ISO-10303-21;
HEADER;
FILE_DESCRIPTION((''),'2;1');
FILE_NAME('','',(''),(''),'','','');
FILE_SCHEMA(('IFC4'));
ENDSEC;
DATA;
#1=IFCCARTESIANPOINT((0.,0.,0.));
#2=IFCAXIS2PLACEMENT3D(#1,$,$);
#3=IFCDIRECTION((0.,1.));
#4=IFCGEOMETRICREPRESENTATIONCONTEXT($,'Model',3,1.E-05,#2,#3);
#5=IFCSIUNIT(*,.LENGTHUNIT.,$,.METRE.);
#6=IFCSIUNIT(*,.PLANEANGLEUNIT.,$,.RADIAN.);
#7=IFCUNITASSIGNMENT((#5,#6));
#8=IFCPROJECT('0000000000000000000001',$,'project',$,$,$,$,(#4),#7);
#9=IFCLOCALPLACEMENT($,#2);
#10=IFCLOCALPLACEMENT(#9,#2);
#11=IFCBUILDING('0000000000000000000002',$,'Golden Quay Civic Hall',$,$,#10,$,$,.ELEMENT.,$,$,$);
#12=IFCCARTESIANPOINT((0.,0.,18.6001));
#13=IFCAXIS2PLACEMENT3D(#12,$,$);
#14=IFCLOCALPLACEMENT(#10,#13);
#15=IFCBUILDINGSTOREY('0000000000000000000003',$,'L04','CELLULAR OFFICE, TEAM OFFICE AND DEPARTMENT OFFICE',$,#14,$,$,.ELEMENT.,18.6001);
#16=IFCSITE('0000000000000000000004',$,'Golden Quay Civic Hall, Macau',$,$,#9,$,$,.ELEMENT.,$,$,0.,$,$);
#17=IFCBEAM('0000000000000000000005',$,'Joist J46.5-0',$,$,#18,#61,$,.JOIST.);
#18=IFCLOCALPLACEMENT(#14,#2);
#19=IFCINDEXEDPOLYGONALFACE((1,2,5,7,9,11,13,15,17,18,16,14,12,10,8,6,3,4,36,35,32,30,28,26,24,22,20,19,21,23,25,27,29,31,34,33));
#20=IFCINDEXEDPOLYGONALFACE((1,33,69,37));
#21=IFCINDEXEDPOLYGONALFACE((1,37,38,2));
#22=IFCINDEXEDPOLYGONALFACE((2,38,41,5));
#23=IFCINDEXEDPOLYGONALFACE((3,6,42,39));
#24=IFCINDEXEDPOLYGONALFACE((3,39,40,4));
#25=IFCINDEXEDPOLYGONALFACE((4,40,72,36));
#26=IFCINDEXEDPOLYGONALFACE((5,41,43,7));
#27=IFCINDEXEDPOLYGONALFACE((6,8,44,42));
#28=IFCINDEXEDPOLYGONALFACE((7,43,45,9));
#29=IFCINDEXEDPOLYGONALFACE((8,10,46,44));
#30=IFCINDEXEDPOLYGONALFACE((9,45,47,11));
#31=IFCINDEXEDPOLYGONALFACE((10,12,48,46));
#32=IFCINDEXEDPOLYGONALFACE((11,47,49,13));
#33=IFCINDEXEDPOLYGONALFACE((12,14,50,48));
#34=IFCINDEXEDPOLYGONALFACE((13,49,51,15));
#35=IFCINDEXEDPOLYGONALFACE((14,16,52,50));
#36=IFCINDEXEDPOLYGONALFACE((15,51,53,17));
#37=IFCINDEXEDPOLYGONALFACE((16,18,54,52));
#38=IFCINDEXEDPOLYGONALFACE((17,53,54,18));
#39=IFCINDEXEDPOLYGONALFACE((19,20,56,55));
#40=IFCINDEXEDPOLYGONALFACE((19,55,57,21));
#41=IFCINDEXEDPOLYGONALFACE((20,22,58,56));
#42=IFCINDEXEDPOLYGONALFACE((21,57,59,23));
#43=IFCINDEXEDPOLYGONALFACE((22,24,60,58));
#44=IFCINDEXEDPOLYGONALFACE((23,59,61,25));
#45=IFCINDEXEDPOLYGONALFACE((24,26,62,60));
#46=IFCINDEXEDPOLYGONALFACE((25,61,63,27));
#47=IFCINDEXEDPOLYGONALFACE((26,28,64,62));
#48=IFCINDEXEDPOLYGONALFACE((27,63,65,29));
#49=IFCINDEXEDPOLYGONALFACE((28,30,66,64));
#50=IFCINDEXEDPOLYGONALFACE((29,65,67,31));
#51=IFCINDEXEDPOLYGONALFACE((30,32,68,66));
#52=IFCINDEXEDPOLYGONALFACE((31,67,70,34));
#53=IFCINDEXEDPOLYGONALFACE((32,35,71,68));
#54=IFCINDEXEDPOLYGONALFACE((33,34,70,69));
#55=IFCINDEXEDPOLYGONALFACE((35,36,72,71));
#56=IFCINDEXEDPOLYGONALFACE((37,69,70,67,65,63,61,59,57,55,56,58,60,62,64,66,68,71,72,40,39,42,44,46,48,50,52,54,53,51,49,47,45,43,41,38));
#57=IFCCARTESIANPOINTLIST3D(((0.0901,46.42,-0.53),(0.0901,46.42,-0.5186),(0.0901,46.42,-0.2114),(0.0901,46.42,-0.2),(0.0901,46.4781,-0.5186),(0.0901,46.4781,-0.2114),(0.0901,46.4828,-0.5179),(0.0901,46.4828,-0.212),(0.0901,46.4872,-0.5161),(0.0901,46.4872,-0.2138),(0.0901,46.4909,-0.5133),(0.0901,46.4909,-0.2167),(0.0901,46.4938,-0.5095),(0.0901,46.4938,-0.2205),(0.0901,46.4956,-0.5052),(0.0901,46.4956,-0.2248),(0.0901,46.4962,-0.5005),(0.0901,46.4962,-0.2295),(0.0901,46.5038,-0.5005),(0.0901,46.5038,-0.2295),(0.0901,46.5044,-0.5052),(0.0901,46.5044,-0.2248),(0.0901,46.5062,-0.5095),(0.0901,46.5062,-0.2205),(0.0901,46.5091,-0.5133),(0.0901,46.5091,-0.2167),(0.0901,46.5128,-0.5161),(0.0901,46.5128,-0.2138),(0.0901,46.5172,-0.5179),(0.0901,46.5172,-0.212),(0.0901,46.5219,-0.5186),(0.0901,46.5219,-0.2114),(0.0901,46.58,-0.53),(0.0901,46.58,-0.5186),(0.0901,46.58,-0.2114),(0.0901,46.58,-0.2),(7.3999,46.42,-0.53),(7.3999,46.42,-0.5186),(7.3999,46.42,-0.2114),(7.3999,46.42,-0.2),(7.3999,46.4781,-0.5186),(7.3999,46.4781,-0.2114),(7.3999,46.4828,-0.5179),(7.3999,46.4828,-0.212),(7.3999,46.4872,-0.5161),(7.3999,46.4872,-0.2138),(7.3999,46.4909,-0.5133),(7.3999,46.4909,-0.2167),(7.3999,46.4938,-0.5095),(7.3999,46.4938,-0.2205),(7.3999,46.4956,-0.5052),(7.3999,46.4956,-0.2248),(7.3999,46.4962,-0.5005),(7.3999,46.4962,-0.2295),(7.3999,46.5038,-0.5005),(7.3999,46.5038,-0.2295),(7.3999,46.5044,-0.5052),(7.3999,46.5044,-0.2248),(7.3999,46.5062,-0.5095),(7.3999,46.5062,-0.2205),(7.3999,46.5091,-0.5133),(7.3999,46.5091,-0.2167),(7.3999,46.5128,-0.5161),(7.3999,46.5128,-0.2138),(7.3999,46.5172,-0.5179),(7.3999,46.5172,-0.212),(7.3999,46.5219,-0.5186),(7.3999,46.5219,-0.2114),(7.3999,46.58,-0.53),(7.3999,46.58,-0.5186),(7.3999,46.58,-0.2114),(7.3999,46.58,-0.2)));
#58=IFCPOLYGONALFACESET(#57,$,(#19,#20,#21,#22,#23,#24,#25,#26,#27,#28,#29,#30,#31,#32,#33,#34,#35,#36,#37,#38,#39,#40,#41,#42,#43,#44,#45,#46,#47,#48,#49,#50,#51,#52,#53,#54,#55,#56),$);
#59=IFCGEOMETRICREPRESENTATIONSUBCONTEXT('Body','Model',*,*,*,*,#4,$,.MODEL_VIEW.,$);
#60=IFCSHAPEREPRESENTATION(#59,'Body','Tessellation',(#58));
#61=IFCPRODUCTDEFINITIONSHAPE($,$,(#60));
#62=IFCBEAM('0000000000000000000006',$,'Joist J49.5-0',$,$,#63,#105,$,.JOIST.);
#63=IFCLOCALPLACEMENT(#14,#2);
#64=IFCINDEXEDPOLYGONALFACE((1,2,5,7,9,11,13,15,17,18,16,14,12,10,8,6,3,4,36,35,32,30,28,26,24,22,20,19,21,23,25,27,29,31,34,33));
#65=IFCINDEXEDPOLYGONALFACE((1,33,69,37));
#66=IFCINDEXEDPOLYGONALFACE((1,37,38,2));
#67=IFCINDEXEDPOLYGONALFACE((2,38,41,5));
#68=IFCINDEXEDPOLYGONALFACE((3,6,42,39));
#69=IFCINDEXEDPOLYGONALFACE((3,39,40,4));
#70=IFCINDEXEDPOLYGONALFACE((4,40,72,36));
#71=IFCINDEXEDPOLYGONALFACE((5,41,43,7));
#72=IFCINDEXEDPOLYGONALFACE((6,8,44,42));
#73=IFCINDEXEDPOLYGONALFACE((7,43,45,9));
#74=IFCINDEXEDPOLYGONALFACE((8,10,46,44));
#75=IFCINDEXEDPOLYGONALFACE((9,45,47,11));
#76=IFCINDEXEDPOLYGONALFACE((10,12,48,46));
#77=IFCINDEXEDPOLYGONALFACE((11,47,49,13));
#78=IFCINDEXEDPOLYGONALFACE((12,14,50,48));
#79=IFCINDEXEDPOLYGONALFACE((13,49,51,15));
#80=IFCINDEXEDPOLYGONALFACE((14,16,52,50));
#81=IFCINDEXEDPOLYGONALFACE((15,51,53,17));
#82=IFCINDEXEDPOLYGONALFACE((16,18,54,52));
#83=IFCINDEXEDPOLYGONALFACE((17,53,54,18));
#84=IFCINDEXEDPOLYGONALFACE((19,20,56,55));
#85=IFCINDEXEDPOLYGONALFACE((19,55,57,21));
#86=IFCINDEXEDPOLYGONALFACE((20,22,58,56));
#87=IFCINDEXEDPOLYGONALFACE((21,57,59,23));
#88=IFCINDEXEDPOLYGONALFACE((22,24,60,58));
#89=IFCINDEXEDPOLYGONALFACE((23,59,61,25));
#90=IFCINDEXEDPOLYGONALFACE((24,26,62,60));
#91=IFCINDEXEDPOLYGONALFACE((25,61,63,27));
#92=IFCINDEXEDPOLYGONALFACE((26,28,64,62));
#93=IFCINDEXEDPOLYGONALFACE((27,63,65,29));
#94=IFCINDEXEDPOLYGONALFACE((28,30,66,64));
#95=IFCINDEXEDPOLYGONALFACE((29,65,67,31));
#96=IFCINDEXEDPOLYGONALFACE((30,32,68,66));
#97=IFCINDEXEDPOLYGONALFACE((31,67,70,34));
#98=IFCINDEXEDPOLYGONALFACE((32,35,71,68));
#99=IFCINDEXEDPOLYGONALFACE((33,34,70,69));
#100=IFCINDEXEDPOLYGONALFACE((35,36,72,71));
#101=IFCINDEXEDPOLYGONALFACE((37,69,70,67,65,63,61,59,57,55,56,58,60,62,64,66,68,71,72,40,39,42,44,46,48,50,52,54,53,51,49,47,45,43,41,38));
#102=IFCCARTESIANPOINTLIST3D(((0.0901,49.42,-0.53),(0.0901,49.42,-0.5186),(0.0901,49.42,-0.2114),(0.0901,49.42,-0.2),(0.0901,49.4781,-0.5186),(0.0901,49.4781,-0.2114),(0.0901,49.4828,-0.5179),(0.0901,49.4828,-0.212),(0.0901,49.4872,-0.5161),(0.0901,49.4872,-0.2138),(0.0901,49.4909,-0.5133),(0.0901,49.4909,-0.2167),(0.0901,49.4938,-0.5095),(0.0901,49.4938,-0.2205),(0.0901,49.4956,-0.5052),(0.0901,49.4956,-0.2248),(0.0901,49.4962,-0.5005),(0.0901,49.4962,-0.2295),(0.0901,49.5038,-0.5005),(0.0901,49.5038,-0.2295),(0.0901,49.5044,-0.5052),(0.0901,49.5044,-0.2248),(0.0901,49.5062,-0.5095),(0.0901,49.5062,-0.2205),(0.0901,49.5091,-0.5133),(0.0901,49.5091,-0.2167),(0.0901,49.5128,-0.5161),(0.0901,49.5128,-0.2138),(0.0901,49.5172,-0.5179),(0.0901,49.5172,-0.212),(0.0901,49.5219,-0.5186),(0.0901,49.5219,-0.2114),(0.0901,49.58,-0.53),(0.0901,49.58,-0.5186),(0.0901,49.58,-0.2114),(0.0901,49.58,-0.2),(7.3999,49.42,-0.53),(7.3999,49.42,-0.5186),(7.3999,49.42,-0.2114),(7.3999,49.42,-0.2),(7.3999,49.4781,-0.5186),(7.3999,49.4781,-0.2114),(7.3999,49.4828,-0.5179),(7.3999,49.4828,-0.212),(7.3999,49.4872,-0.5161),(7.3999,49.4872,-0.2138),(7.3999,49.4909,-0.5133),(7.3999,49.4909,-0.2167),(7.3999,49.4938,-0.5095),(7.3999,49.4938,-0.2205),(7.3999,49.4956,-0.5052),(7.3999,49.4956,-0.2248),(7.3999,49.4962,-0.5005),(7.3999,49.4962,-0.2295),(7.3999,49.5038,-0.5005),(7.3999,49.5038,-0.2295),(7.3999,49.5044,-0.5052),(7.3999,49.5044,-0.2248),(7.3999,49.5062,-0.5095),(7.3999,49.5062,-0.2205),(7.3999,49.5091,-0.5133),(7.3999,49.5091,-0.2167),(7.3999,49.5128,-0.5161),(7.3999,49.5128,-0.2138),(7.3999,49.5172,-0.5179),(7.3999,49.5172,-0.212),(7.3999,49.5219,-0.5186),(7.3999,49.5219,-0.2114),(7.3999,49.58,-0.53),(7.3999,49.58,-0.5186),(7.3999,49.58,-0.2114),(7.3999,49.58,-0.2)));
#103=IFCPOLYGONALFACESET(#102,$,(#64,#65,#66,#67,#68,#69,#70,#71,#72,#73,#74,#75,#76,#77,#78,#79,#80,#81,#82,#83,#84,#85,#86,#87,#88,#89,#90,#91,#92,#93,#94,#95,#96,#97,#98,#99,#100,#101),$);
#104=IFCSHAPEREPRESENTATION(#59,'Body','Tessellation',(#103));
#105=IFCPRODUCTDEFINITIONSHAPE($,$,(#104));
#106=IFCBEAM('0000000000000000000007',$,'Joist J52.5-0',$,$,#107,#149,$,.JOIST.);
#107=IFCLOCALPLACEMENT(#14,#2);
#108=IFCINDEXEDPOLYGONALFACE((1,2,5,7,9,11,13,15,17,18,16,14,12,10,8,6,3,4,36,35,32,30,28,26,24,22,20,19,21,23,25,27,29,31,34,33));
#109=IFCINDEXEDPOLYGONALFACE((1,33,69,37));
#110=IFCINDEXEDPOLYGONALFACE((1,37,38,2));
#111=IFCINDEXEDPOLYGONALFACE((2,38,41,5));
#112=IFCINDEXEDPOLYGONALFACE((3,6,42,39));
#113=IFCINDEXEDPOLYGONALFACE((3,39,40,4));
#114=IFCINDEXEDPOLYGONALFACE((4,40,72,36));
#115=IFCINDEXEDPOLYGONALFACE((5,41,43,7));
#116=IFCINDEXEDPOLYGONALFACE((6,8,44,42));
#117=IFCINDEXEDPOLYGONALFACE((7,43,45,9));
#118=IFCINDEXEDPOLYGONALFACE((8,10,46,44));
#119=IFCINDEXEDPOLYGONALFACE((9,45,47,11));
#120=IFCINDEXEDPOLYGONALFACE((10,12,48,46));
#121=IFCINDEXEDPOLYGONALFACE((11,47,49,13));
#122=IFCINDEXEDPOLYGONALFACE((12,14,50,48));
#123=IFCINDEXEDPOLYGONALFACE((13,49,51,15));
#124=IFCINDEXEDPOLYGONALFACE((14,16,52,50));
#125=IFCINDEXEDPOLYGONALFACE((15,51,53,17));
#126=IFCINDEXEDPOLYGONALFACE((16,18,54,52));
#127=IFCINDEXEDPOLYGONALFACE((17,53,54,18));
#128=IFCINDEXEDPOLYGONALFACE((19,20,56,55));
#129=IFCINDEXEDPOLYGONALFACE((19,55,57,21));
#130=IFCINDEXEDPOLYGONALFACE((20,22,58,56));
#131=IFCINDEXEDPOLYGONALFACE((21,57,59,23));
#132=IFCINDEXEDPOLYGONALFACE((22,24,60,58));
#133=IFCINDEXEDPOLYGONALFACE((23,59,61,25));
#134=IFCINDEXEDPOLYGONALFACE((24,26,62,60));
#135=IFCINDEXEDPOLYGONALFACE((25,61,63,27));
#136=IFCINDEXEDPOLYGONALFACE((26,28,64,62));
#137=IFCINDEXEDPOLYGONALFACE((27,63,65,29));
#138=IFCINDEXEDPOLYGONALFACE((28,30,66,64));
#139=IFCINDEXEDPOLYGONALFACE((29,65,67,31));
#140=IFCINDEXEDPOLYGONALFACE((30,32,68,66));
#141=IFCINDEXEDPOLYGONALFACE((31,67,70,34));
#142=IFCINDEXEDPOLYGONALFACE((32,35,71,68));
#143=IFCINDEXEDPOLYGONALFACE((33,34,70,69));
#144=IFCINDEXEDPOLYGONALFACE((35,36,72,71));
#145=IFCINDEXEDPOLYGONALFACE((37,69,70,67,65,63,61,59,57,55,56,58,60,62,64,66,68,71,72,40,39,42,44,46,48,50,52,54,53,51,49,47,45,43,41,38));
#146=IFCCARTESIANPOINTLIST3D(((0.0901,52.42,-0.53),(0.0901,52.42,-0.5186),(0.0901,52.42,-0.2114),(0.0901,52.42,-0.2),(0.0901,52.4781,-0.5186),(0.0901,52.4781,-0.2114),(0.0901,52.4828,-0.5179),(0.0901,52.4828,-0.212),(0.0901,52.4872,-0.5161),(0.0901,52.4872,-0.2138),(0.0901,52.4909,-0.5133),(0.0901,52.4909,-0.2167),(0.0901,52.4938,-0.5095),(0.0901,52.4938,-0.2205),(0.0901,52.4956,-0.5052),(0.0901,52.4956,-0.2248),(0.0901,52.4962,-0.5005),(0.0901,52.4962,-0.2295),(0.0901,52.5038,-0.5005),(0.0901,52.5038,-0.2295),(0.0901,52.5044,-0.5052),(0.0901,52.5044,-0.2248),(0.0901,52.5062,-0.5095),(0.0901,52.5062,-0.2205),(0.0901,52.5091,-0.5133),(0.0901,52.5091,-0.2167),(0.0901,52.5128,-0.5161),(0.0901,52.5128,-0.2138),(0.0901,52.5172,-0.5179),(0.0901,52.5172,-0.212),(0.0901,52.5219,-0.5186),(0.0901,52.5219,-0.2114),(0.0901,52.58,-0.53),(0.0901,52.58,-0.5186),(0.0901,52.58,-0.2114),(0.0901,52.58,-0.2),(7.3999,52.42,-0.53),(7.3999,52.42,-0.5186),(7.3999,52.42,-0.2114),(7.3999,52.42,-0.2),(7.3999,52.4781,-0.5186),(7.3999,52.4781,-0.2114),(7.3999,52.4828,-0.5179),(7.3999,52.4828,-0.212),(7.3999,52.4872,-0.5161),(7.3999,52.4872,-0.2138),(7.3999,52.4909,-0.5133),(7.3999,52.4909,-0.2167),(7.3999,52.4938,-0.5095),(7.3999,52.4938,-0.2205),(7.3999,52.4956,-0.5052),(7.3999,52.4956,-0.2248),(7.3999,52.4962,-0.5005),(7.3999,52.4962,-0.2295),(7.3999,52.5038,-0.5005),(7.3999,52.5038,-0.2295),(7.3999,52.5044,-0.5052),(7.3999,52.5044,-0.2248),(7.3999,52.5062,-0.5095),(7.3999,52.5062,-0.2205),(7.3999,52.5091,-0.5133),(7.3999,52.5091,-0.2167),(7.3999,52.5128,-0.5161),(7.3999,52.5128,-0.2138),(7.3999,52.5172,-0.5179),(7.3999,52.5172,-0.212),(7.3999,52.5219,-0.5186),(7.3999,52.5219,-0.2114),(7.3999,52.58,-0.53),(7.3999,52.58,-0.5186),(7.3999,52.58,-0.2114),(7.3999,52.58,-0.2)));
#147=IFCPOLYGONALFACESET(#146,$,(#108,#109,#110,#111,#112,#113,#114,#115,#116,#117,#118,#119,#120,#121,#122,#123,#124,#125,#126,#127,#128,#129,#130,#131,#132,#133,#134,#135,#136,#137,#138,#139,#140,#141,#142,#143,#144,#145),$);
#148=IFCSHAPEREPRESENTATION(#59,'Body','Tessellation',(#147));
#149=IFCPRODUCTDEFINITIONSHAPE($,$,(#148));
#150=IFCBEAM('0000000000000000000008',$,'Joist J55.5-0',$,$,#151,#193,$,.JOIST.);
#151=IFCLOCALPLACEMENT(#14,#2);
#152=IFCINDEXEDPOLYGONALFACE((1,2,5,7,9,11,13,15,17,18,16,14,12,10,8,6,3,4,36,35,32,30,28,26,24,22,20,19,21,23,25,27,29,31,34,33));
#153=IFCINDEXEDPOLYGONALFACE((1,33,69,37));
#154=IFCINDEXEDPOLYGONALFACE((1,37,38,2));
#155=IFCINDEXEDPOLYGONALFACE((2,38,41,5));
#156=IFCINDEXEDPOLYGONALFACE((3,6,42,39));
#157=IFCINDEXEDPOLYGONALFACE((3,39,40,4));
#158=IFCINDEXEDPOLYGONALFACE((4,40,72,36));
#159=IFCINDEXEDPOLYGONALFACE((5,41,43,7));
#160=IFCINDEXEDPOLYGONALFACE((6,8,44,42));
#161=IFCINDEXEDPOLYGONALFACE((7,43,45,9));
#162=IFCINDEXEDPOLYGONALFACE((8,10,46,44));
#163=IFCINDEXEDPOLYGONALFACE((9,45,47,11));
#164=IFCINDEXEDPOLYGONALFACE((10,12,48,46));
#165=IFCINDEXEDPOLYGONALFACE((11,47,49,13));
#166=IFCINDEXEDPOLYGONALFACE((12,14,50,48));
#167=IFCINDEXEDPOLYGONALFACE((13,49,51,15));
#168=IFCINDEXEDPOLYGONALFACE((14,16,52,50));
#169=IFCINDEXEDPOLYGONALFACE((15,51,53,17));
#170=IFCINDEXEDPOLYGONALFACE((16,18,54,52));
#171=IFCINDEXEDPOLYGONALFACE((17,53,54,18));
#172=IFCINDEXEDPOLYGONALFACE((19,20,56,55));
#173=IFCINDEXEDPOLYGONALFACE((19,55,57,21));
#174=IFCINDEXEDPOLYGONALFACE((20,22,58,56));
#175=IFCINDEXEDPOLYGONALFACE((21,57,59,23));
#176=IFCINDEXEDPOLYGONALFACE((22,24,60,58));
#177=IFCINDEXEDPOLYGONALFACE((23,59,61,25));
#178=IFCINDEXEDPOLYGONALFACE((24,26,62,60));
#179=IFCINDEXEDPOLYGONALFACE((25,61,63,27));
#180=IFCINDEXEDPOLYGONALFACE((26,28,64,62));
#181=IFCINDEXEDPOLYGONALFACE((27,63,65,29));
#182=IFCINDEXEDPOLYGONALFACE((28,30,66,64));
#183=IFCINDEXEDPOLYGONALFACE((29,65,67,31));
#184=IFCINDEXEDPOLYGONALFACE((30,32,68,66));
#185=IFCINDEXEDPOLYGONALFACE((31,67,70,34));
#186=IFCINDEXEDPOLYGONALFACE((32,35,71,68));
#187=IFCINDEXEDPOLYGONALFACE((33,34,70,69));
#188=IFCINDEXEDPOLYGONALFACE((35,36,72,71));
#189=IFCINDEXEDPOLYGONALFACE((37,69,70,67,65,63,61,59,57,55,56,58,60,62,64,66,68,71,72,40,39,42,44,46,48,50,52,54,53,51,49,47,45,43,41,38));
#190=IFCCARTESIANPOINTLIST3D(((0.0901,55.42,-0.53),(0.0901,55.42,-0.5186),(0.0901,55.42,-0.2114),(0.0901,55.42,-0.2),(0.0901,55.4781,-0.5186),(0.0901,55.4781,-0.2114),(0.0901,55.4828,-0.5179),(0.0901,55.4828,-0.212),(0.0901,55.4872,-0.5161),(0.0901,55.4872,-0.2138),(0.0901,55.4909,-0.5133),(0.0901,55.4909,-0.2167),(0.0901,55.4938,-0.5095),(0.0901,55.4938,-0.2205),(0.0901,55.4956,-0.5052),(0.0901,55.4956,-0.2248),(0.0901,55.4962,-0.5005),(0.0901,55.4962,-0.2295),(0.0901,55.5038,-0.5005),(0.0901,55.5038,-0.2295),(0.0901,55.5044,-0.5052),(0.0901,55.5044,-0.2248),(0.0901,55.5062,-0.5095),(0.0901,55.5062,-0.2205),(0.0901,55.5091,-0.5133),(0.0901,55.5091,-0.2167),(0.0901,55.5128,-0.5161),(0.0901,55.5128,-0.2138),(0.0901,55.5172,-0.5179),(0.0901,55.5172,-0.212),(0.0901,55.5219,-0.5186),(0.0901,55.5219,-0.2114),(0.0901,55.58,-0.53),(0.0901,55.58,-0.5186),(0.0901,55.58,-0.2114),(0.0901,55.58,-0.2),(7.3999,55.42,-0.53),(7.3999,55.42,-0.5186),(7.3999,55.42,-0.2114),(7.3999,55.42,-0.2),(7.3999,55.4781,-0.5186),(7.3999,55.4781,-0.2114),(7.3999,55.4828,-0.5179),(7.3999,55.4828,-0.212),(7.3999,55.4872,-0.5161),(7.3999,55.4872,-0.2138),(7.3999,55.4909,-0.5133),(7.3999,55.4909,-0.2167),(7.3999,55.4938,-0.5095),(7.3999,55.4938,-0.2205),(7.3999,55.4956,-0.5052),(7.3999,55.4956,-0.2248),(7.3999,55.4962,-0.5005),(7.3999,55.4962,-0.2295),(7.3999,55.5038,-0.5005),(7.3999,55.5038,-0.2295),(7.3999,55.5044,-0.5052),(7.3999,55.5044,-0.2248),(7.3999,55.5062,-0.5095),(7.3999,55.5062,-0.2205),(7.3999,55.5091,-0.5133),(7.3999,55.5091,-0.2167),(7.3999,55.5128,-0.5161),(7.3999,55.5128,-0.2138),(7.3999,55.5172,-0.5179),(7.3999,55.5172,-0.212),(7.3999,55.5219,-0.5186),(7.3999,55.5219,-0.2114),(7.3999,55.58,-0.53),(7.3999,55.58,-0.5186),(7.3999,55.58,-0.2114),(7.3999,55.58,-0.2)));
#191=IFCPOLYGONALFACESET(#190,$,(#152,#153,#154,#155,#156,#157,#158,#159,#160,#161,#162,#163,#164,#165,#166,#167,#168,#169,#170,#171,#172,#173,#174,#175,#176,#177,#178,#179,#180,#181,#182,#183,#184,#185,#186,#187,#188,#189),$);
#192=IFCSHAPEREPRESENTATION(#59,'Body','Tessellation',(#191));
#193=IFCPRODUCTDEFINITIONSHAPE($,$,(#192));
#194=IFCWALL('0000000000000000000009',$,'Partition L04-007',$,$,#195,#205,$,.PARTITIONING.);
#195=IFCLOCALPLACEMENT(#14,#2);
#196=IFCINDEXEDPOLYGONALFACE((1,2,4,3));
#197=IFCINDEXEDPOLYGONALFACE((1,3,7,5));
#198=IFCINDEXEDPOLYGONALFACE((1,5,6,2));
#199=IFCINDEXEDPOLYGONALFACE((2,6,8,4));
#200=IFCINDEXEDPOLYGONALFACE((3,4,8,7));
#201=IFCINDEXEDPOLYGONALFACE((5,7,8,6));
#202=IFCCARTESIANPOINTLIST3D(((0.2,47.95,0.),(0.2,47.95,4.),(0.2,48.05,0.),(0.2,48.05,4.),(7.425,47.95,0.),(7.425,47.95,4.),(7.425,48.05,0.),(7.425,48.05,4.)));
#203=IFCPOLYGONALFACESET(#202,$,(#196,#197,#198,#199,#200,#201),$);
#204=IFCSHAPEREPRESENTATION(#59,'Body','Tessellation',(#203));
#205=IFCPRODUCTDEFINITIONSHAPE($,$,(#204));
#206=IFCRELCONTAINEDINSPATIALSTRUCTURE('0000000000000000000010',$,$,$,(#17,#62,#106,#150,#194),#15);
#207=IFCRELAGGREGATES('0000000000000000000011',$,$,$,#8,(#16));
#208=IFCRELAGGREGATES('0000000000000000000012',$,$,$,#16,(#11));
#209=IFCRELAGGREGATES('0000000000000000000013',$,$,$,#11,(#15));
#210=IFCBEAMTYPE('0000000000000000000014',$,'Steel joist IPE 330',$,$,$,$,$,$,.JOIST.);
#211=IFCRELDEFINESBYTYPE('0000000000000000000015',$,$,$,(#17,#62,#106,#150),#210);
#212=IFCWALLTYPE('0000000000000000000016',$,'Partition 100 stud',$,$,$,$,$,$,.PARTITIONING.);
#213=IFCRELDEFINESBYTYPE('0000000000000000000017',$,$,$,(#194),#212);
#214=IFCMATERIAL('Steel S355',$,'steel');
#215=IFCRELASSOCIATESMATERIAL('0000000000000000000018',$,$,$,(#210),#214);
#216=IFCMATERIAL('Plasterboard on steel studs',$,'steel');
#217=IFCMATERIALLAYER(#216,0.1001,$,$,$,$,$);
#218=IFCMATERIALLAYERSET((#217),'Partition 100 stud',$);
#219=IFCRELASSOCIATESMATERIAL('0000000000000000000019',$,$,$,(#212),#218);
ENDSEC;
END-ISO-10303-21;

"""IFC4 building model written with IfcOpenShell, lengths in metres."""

from ifc_helpers import new_model, si_unit, direction, frame, frame_2d, origin, origin_2d, place, context, subcontext, project, spatial, rectangle, i_section, extrude, material, layer, layer_set, material_profile, profile_set, type_object, element, save


model = new_model("IFC4")

# Units and contexts
model_context = context("Model", 3, precision=1e-05, world=origin(), true_north=direction((0.0, 1.0)))
body_context = subcontext(model_context, "Body", "Model", "MODEL_VIEW")
ifc_project = project(units=[si_unit("LENGTHUNIT", "METRE"), si_unit("PLANEANGLEUNIT", "RADIAN")], contexts=[model_context])

# Site, building, storey
site_placement = place(None, origin())
site = spatial("IfcSite", under=ifc_project, at=site_placement, Name="Golden Quay Civic Hall, Macau", CompositionType="ELEMENT", RefElevation=0.0)
building_placement = place(site_placement, origin())
building = spatial("IfcBuilding", under=site, at=building_placement, Name="Golden Quay Civic Hall", CompositionType="ELEMENT")
storey_placement = place(building_placement, frame((0.0, 0.0, 18.6001)))
storey = spatial("IfcBuildingStorey", under=building, at=storey_placement, Name="L04", Description="CELLULAR OFFICE, TEAM OFFICE AND DEPARTMENT OFFICE", CompositionType="ELEMENT", Elevation=18.6001)

# Beams
ifc_material_1 = material(Name="Steel S355", Category="steel")
ifc_material_profile_1 = material_profile(ifc_material_1, i_section(OverallWidth=0.1599, OverallDepth=0.3301, WebThickness=0.0076, FlangeThickness=0.0115, FilletRadius=0.0181, at=origin_2d()), Name="IPE 330")
ifc_profile_set_1 = profile_set([ifc_material_profile_1], Name="Steel S355")
beam_type_1 = type_object("IfcBeamType", Name="Steel joist IPE 330", PredefinedType="JOIST", material=ifc_profile_set_1)
for number, where, z_axis, x_axis, name in (
    (1, (0.0901, 46.5, -0.365), (1.0, 0.0, 0.0), (0.0, 1.0, 0.0), "Joist J46.5-0"),
    (2, (0.0901, 49.5, -0.365), (1.0, 0.0, 0.0), (0.0, 1.0, 0.0), "Joist J49.5-0"),
    (3, (0.0901, 52.5, -0.365), (1.0, 0.0, 0.0), (0.0, 1.0, 0.0), "Joist J52.5-0"),
    (4, (0.0901, 55.5, -0.365), (1.0, 0.0, 0.0), (0.0, 1.0, 0.0), "Joist J55.5-0"),
):
    element("IfcBeam", number, at=place(storey_placement, frame(where, z_axis=z_axis, x_axis=x_axis)), inside=storey, type_object=beam_type_1, Name=name, PredefinedType="JOIST", context=body_context, shape_type="SweptSolid", body=[
        extrude(i_section(OverallWidth=0.1599, OverallDepth=0.3301, WebThickness=0.0076, FlangeThickness=0.0115, FilletRadius=0.0181, at=origin_2d()), origin(), (0.0, 0.0, 1.0), 7.3098),
    ])

# Wall
ifc_material_2 = material(Name="Plasterboard on steel studs", Category="steel")
ifc_layer_1 = layer(ifc_material_2, 0.1001)
ifc_layer_set_1 = layer_set([ifc_layer_1], Name="Partition 100 stud")
wall_type_1 = type_object("IfcWallType", Name="Partition 100 stud", PredefinedType="PARTITIONING", material=ifc_layer_set_1)
wall_1_placement = place(storey_placement, frame((0.2, 48.0, 0.0), z_axis=(0.0, 0.0, 1.0), x_axis=(1.0, 0.0, 0.0)))
element("IfcWall", 5, at=wall_1_placement, inside=storey, type_object=wall_type_1, Name="Partition L04-007", PredefinedType="PARTITIONING", context=body_context, shape_type="SweptSolid", body=[
    extrude(rectangle(XDim=7.2251, YDim=0.1001, at=frame_2d((3.6125, 0.0))), origin(), (0.0, 0.0, 1.0), 4.0),
])

save(model, "model.ifc")
